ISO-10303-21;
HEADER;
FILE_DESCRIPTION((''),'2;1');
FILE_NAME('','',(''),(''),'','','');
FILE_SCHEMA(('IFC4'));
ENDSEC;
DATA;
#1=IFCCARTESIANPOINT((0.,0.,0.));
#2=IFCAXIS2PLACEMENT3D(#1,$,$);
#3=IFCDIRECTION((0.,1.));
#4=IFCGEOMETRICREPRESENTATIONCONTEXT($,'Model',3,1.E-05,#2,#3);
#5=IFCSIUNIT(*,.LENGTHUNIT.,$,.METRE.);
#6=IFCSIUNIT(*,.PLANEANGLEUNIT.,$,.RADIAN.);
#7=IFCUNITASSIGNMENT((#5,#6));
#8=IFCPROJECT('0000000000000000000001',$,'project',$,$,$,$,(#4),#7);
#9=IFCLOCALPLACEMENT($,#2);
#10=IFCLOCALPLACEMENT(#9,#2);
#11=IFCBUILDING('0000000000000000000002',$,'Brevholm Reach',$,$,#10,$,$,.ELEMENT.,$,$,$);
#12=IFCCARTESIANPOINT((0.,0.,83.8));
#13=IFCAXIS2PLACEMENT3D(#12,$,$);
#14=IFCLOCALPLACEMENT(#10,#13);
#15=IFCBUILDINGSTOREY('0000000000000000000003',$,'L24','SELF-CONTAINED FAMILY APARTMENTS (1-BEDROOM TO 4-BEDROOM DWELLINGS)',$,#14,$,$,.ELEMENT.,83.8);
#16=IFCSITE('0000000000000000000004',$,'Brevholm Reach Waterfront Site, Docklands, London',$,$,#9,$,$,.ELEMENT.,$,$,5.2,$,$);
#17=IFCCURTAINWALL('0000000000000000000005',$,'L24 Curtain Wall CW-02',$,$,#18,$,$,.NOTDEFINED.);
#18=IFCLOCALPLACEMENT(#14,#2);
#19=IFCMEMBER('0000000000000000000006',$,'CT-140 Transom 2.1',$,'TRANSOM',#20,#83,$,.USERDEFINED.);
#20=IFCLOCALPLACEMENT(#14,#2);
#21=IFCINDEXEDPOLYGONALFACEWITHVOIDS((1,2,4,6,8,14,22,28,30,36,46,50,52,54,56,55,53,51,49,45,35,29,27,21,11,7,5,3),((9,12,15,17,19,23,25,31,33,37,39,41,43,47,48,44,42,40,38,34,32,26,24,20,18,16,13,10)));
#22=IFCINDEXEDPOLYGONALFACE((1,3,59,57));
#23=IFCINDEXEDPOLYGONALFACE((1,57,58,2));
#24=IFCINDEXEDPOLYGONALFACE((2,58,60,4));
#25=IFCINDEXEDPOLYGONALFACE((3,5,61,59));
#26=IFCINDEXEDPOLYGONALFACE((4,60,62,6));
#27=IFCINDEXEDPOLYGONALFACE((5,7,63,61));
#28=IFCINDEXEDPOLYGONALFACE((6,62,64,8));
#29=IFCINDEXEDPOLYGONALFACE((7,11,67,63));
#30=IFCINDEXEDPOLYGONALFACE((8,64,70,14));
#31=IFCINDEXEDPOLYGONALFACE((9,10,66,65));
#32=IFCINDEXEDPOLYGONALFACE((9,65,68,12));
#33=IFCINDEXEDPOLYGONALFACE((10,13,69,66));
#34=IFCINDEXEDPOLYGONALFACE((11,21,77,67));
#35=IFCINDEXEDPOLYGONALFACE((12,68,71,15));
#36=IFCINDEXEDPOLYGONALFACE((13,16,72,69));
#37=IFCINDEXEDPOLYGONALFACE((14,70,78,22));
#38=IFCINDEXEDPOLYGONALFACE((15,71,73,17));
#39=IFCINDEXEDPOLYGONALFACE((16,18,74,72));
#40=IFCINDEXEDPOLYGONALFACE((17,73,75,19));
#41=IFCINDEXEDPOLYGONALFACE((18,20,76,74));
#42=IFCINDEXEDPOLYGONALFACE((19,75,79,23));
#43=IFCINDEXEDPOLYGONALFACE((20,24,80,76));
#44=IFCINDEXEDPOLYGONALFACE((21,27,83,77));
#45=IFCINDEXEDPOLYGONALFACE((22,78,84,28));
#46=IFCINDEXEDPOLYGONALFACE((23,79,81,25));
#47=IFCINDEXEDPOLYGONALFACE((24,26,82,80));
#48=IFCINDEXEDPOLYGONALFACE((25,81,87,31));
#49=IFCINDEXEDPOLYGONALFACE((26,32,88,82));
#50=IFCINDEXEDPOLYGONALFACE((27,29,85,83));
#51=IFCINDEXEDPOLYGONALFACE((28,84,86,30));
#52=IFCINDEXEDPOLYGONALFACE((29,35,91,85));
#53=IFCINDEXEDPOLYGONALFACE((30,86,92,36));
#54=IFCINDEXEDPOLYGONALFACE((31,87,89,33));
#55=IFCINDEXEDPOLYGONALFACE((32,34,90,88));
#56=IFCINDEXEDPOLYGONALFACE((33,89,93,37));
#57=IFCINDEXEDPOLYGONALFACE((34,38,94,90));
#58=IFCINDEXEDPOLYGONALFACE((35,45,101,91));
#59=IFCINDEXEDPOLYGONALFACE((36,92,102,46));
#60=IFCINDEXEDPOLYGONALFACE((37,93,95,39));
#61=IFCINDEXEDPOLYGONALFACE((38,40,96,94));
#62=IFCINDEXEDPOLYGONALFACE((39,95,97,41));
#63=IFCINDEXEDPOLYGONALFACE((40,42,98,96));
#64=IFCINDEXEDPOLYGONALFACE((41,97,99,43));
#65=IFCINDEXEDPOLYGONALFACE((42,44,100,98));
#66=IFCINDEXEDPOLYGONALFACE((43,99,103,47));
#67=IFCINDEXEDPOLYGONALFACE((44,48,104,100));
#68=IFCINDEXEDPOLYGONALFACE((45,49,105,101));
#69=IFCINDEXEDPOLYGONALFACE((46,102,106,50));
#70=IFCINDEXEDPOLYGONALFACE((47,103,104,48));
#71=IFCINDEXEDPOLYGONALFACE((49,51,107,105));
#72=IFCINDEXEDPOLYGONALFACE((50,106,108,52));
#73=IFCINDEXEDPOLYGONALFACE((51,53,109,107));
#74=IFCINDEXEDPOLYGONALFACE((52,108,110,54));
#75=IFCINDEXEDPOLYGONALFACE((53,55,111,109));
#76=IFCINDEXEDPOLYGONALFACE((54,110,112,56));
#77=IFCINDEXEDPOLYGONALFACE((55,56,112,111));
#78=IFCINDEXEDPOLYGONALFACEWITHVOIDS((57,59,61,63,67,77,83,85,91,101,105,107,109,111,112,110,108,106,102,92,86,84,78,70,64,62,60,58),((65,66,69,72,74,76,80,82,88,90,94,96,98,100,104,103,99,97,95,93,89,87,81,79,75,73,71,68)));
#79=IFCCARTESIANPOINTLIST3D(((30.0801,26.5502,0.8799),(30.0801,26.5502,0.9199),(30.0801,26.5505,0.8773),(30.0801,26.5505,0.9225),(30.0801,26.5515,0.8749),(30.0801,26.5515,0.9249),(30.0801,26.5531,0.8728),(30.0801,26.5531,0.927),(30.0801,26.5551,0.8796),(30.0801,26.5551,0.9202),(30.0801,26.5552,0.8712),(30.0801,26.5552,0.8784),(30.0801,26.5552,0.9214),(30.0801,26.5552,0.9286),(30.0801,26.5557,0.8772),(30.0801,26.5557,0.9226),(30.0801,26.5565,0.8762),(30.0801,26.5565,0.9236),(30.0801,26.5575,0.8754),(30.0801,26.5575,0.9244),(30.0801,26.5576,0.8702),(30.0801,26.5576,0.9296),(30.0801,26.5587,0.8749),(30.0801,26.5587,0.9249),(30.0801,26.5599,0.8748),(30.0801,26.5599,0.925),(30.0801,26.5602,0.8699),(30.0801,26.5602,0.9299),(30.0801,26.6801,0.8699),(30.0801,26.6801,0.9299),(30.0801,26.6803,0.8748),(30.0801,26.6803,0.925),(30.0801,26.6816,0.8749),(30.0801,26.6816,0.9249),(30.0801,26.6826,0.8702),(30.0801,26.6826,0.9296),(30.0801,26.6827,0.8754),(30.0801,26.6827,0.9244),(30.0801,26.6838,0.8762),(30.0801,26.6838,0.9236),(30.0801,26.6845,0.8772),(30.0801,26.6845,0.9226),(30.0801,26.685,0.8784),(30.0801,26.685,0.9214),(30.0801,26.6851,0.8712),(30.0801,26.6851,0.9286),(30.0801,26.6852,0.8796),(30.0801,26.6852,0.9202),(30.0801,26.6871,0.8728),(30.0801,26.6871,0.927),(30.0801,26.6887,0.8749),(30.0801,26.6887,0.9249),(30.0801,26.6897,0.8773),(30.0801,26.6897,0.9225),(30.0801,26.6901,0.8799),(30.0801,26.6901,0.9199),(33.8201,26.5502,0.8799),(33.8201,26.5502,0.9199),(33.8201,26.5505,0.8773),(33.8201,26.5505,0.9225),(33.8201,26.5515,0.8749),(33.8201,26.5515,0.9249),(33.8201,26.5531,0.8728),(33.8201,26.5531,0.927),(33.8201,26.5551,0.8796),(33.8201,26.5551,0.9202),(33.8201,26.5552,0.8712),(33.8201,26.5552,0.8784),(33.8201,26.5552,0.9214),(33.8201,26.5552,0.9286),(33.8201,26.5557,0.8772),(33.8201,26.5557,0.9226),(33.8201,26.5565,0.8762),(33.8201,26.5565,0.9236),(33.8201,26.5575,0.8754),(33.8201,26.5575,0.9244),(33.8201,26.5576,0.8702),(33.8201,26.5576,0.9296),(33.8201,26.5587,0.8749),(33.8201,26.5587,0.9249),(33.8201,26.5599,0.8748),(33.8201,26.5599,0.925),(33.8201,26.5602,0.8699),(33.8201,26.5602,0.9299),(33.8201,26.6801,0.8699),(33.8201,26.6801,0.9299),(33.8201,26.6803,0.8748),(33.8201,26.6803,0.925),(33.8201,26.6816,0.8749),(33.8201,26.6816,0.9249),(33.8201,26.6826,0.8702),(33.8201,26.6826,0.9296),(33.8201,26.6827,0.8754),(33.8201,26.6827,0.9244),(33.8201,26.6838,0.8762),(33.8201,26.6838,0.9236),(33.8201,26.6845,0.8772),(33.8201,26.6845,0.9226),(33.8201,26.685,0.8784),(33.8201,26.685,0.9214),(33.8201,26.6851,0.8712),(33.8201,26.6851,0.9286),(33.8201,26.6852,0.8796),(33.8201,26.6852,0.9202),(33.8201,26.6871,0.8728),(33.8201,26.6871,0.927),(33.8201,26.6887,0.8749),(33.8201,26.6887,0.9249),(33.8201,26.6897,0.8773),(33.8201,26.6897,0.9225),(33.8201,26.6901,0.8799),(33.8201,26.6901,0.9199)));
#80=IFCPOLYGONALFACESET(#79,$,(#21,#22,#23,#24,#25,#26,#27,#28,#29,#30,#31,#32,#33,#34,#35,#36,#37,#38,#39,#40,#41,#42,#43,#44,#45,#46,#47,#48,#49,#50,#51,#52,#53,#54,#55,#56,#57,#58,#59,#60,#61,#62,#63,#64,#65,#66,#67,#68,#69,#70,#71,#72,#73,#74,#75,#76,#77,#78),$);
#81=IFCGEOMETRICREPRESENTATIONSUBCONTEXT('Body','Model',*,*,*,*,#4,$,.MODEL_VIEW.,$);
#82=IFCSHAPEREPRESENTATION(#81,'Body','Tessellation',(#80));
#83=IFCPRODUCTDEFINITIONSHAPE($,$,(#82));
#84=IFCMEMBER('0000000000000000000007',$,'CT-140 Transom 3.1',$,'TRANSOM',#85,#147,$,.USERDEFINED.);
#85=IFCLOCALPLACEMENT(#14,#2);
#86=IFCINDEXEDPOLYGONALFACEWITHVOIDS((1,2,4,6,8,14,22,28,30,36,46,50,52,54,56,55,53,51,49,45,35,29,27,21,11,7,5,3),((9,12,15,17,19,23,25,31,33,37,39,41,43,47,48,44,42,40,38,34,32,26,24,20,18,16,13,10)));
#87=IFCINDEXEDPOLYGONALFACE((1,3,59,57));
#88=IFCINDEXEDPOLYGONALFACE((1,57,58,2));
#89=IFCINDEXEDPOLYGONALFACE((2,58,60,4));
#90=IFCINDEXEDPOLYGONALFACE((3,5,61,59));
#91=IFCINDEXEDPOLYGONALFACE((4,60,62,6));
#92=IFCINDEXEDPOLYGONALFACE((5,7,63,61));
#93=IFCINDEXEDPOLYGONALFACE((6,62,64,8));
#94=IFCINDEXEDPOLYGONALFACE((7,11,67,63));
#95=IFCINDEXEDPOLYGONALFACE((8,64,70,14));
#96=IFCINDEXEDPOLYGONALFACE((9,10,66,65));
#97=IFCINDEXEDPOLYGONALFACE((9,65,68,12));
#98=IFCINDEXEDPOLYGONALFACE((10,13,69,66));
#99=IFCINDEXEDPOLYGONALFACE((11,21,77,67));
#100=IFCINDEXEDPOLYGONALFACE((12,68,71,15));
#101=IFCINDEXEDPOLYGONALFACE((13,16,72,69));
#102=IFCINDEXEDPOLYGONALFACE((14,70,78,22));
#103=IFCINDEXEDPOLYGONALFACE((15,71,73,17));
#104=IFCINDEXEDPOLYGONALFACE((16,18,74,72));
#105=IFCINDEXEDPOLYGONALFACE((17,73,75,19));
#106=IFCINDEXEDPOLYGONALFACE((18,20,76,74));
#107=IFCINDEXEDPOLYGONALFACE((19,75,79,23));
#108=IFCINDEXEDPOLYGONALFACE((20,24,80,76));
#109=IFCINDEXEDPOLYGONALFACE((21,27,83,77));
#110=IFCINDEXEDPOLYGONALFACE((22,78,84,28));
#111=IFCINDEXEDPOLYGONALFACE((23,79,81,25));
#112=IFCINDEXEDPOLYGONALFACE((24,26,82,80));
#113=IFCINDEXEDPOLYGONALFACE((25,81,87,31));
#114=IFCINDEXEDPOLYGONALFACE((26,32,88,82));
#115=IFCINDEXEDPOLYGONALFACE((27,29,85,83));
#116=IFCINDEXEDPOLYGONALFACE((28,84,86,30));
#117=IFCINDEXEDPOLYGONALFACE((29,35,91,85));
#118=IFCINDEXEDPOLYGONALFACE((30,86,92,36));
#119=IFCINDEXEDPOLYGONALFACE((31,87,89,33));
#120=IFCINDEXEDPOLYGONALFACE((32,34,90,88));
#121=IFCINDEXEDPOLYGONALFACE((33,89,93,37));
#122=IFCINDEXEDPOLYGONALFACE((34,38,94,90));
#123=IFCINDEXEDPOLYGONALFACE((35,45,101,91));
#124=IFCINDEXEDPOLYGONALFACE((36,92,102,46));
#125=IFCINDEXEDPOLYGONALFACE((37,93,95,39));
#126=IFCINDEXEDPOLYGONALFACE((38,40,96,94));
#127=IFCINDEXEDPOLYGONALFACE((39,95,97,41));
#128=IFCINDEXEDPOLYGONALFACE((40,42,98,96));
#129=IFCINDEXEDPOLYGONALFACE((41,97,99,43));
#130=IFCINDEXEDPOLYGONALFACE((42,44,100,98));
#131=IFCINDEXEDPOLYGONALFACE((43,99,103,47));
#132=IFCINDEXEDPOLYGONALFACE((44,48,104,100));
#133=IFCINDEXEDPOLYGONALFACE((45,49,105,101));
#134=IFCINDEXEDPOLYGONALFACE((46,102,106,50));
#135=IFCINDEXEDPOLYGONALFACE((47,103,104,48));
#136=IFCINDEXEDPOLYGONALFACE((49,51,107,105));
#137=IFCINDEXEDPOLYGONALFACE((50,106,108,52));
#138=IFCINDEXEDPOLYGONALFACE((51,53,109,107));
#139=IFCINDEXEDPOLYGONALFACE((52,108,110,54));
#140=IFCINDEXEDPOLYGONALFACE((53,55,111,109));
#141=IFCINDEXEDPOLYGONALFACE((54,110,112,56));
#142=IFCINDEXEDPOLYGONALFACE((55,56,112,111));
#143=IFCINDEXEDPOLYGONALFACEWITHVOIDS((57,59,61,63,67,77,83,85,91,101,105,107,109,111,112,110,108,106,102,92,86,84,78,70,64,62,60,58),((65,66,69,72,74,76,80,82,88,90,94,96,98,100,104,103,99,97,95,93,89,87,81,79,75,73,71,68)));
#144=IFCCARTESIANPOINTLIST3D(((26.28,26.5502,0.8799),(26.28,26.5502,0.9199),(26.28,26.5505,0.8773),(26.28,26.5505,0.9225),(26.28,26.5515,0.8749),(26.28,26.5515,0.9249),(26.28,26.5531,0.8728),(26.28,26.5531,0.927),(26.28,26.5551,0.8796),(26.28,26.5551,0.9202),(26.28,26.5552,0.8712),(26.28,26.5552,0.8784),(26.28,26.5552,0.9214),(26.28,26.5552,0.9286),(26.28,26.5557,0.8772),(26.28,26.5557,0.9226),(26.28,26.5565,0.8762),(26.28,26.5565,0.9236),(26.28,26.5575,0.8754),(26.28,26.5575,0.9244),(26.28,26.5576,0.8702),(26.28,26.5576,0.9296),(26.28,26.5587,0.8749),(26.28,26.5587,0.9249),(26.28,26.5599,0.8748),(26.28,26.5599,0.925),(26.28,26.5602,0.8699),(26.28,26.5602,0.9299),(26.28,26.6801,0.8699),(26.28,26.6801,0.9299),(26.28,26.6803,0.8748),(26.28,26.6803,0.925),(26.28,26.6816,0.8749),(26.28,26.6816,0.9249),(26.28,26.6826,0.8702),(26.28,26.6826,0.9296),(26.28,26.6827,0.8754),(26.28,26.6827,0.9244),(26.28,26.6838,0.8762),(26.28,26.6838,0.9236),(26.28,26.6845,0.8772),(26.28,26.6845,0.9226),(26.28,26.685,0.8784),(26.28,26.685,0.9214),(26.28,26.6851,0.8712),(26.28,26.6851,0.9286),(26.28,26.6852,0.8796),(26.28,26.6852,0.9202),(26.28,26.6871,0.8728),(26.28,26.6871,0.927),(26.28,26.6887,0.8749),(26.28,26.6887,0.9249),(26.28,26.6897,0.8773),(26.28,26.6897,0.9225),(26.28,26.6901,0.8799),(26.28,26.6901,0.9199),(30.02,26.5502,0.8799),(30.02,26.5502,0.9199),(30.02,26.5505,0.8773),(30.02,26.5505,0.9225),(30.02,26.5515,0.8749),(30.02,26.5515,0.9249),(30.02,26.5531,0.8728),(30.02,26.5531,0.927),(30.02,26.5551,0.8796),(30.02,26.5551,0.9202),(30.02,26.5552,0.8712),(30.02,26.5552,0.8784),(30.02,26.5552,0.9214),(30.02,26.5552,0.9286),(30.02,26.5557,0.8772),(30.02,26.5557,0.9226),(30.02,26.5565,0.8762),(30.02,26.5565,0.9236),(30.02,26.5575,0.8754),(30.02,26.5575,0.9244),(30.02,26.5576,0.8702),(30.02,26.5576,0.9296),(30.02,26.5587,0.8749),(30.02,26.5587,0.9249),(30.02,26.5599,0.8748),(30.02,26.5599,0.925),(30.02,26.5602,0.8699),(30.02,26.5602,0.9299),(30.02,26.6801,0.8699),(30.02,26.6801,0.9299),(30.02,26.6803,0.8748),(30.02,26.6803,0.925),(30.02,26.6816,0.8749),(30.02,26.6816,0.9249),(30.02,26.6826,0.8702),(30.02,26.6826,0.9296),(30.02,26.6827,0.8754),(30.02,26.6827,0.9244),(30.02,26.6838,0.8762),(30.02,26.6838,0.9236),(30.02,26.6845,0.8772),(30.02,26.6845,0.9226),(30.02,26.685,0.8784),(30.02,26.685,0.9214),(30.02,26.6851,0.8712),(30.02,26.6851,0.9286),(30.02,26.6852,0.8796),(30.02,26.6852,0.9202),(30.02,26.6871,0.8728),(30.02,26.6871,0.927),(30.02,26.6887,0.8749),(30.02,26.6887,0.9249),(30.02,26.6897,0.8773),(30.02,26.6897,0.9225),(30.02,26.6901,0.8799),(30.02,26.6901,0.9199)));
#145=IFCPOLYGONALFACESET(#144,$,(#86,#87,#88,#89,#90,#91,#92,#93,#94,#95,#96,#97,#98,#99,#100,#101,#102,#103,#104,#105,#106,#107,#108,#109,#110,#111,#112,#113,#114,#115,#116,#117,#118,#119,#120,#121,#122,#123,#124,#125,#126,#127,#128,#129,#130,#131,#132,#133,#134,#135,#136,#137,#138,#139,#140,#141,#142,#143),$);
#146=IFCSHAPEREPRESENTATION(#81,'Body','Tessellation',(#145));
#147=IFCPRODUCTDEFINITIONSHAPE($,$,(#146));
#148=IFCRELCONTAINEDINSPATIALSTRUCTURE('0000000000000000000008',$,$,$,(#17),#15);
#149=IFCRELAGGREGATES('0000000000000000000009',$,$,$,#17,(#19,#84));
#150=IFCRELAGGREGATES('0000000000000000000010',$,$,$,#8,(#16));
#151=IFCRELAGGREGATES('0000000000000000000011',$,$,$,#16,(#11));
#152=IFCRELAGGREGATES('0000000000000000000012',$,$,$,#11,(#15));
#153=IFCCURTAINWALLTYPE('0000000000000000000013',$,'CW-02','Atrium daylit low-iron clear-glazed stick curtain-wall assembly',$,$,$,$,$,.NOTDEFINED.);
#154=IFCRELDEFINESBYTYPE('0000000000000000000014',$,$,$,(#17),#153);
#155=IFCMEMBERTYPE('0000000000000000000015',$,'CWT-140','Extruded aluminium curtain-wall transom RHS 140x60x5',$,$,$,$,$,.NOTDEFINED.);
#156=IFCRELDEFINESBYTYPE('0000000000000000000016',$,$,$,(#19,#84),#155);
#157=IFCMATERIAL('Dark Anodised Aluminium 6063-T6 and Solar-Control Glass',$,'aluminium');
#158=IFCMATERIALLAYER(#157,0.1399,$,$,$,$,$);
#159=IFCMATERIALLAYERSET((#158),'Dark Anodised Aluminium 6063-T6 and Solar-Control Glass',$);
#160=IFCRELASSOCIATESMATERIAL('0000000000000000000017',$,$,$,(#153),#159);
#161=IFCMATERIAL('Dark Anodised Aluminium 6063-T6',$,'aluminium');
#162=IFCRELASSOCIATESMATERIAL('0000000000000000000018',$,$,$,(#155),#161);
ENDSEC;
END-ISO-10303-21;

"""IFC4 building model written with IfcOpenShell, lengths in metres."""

from ifc_helpers import new_model, si_unit, direction, frame, origin, origin_2d, place, context, subcontext, project, spatial, hollow_rectangle, extrude, material, layer, layer_set, material_profile, profile_set, type_object, element, aggregate, save


model = new_model("IFC4")

# Units and contexts
model_context = context("Model", 3, precision=1e-05, world=origin(), true_north=direction((0.0, 1.0)))
body_context = subcontext(model_context, "Body", "Model", "MODEL_VIEW")
ifc_project = project(units=[si_unit("LENGTHUNIT", "METRE"), si_unit("PLANEANGLEUNIT", "RADIAN")], contexts=[model_context])

# Site, building, storey
site_placement = place(None, origin())
site = spatial("IfcSite", under=ifc_project, at=site_placement, Name="Brevholm Reach Waterfront Site, Docklands, London", CompositionType="ELEMENT", RefElevation=5.2)
building_placement = place(site_placement, origin())
building = spatial("IfcBuilding", under=site, at=building_placement, Name="Brevholm Reach", CompositionType="ELEMENT")
storey_placement = place(building_placement, frame((0.0, 0.0, 83.8)))
storey = spatial("IfcBuildingStorey", under=building, at=storey_placement, Name="L24", Description="SELF-CONTAINED FAMILY APARTMENTS (1-BEDROOM TO 4-BEDROOM DWELLINGS)", CompositionType="ELEMENT", Elevation=83.8)

# Curtain wall
ifc_material_1 = material(Name="Dark Anodised Aluminium 6063-T6 and Solar-Control Glass", Category="aluminium")
ifc_layer_1 = layer(ifc_material_1, 0.1399)
ifc_layer_set_1 = layer_set([ifc_layer_1], Name="Dark Anodised Aluminium 6063-T6 and Solar-Control Glass")
curtain_wall_type_1 = type_object("IfcCurtainWallType", Name="CW-02", Description="Atrium daylit low-iron clear-glazed stick curtain-wall assembly", PredefinedType="NOTDEFINED", material=ifc_layer_set_1)
curtain_wall_1_placement = place(storey_placement, origin())
curtain_wall_1 = element("IfcCurtainWall", 1, at=curtain_wall_1_placement, inside=storey, type_object=curtain_wall_type_1, Name="L24 Curtain Wall CW-02", PredefinedType="NOTDEFINED")

# Members
ifc_material_2 = material(Name="Dark Anodised Aluminium 6063-T6", Category="aluminium")
ifc_material_profile_1 = material_profile(ifc_material_2, hollow_rectangle(XDim=0.0601, YDim=0.1399, WallThickness=0.0049, InnerFilletRadius=0.0049, OuterFilletRadius=0.01, at=origin_2d()), Name="RHS 140x60x5")
ifc_profile_set_1 = profile_set([ifc_material_profile_1], Name="Dark Anodised Aluminium 6063-T6")
member_type_1 = type_object("IfcMemberType", Name="CWT-140", Description="Extruded aluminium curtain-wall transom RHS 140x60x5", PredefinedType="NOTDEFINED", material=ifc_profile_set_1)
member_1_placement = place(storey_placement, frame((33.8201, 26.6201, 0.8999), z_axis=(-1.0, 0.0, 0.0), x_axis=(0.0, 0.0, 1.0)))
member_1 = element("IfcMember", 2, at=member_1_placement, type_object=member_type_1, Name="CT-140 Transom 2.1", ObjectType="TRANSOM", PredefinedType="USERDEFINED", context=body_context, shape_type="SweptSolid", body=[
    extrude(hollow_rectangle(XDim=0.0601, YDim=0.1399, WallThickness=0.0049, InnerFilletRadius=0.0049, OuterFilletRadius=0.01, at=origin_2d()), origin(), (0.0, 0.0, 1.0), 3.74),
])
member_2_placement = place(storey_placement, frame((30.02, 26.6201, 0.8999), z_axis=(-1.0, 0.0, 0.0), x_axis=(0.0, 0.0, 1.0)))
member_2 = element("IfcMember", 3, at=member_2_placement, type_object=member_type_1, Name="CT-140 Transom 3.1", ObjectType="TRANSOM", PredefinedType="USERDEFINED", context=body_context, shape_type="SweptSolid", body=[
    extrude(hollow_rectangle(XDim=0.0601, YDim=0.1399, WallThickness=0.0049, InnerFilletRadius=0.0049, OuterFilletRadius=0.01, at=origin_2d()), origin(), (0.0, 0.0, 1.0), 3.74),
])

aggregate(curtain_wall_1, [member_1, member_2])

save(model, "model.ifc")
